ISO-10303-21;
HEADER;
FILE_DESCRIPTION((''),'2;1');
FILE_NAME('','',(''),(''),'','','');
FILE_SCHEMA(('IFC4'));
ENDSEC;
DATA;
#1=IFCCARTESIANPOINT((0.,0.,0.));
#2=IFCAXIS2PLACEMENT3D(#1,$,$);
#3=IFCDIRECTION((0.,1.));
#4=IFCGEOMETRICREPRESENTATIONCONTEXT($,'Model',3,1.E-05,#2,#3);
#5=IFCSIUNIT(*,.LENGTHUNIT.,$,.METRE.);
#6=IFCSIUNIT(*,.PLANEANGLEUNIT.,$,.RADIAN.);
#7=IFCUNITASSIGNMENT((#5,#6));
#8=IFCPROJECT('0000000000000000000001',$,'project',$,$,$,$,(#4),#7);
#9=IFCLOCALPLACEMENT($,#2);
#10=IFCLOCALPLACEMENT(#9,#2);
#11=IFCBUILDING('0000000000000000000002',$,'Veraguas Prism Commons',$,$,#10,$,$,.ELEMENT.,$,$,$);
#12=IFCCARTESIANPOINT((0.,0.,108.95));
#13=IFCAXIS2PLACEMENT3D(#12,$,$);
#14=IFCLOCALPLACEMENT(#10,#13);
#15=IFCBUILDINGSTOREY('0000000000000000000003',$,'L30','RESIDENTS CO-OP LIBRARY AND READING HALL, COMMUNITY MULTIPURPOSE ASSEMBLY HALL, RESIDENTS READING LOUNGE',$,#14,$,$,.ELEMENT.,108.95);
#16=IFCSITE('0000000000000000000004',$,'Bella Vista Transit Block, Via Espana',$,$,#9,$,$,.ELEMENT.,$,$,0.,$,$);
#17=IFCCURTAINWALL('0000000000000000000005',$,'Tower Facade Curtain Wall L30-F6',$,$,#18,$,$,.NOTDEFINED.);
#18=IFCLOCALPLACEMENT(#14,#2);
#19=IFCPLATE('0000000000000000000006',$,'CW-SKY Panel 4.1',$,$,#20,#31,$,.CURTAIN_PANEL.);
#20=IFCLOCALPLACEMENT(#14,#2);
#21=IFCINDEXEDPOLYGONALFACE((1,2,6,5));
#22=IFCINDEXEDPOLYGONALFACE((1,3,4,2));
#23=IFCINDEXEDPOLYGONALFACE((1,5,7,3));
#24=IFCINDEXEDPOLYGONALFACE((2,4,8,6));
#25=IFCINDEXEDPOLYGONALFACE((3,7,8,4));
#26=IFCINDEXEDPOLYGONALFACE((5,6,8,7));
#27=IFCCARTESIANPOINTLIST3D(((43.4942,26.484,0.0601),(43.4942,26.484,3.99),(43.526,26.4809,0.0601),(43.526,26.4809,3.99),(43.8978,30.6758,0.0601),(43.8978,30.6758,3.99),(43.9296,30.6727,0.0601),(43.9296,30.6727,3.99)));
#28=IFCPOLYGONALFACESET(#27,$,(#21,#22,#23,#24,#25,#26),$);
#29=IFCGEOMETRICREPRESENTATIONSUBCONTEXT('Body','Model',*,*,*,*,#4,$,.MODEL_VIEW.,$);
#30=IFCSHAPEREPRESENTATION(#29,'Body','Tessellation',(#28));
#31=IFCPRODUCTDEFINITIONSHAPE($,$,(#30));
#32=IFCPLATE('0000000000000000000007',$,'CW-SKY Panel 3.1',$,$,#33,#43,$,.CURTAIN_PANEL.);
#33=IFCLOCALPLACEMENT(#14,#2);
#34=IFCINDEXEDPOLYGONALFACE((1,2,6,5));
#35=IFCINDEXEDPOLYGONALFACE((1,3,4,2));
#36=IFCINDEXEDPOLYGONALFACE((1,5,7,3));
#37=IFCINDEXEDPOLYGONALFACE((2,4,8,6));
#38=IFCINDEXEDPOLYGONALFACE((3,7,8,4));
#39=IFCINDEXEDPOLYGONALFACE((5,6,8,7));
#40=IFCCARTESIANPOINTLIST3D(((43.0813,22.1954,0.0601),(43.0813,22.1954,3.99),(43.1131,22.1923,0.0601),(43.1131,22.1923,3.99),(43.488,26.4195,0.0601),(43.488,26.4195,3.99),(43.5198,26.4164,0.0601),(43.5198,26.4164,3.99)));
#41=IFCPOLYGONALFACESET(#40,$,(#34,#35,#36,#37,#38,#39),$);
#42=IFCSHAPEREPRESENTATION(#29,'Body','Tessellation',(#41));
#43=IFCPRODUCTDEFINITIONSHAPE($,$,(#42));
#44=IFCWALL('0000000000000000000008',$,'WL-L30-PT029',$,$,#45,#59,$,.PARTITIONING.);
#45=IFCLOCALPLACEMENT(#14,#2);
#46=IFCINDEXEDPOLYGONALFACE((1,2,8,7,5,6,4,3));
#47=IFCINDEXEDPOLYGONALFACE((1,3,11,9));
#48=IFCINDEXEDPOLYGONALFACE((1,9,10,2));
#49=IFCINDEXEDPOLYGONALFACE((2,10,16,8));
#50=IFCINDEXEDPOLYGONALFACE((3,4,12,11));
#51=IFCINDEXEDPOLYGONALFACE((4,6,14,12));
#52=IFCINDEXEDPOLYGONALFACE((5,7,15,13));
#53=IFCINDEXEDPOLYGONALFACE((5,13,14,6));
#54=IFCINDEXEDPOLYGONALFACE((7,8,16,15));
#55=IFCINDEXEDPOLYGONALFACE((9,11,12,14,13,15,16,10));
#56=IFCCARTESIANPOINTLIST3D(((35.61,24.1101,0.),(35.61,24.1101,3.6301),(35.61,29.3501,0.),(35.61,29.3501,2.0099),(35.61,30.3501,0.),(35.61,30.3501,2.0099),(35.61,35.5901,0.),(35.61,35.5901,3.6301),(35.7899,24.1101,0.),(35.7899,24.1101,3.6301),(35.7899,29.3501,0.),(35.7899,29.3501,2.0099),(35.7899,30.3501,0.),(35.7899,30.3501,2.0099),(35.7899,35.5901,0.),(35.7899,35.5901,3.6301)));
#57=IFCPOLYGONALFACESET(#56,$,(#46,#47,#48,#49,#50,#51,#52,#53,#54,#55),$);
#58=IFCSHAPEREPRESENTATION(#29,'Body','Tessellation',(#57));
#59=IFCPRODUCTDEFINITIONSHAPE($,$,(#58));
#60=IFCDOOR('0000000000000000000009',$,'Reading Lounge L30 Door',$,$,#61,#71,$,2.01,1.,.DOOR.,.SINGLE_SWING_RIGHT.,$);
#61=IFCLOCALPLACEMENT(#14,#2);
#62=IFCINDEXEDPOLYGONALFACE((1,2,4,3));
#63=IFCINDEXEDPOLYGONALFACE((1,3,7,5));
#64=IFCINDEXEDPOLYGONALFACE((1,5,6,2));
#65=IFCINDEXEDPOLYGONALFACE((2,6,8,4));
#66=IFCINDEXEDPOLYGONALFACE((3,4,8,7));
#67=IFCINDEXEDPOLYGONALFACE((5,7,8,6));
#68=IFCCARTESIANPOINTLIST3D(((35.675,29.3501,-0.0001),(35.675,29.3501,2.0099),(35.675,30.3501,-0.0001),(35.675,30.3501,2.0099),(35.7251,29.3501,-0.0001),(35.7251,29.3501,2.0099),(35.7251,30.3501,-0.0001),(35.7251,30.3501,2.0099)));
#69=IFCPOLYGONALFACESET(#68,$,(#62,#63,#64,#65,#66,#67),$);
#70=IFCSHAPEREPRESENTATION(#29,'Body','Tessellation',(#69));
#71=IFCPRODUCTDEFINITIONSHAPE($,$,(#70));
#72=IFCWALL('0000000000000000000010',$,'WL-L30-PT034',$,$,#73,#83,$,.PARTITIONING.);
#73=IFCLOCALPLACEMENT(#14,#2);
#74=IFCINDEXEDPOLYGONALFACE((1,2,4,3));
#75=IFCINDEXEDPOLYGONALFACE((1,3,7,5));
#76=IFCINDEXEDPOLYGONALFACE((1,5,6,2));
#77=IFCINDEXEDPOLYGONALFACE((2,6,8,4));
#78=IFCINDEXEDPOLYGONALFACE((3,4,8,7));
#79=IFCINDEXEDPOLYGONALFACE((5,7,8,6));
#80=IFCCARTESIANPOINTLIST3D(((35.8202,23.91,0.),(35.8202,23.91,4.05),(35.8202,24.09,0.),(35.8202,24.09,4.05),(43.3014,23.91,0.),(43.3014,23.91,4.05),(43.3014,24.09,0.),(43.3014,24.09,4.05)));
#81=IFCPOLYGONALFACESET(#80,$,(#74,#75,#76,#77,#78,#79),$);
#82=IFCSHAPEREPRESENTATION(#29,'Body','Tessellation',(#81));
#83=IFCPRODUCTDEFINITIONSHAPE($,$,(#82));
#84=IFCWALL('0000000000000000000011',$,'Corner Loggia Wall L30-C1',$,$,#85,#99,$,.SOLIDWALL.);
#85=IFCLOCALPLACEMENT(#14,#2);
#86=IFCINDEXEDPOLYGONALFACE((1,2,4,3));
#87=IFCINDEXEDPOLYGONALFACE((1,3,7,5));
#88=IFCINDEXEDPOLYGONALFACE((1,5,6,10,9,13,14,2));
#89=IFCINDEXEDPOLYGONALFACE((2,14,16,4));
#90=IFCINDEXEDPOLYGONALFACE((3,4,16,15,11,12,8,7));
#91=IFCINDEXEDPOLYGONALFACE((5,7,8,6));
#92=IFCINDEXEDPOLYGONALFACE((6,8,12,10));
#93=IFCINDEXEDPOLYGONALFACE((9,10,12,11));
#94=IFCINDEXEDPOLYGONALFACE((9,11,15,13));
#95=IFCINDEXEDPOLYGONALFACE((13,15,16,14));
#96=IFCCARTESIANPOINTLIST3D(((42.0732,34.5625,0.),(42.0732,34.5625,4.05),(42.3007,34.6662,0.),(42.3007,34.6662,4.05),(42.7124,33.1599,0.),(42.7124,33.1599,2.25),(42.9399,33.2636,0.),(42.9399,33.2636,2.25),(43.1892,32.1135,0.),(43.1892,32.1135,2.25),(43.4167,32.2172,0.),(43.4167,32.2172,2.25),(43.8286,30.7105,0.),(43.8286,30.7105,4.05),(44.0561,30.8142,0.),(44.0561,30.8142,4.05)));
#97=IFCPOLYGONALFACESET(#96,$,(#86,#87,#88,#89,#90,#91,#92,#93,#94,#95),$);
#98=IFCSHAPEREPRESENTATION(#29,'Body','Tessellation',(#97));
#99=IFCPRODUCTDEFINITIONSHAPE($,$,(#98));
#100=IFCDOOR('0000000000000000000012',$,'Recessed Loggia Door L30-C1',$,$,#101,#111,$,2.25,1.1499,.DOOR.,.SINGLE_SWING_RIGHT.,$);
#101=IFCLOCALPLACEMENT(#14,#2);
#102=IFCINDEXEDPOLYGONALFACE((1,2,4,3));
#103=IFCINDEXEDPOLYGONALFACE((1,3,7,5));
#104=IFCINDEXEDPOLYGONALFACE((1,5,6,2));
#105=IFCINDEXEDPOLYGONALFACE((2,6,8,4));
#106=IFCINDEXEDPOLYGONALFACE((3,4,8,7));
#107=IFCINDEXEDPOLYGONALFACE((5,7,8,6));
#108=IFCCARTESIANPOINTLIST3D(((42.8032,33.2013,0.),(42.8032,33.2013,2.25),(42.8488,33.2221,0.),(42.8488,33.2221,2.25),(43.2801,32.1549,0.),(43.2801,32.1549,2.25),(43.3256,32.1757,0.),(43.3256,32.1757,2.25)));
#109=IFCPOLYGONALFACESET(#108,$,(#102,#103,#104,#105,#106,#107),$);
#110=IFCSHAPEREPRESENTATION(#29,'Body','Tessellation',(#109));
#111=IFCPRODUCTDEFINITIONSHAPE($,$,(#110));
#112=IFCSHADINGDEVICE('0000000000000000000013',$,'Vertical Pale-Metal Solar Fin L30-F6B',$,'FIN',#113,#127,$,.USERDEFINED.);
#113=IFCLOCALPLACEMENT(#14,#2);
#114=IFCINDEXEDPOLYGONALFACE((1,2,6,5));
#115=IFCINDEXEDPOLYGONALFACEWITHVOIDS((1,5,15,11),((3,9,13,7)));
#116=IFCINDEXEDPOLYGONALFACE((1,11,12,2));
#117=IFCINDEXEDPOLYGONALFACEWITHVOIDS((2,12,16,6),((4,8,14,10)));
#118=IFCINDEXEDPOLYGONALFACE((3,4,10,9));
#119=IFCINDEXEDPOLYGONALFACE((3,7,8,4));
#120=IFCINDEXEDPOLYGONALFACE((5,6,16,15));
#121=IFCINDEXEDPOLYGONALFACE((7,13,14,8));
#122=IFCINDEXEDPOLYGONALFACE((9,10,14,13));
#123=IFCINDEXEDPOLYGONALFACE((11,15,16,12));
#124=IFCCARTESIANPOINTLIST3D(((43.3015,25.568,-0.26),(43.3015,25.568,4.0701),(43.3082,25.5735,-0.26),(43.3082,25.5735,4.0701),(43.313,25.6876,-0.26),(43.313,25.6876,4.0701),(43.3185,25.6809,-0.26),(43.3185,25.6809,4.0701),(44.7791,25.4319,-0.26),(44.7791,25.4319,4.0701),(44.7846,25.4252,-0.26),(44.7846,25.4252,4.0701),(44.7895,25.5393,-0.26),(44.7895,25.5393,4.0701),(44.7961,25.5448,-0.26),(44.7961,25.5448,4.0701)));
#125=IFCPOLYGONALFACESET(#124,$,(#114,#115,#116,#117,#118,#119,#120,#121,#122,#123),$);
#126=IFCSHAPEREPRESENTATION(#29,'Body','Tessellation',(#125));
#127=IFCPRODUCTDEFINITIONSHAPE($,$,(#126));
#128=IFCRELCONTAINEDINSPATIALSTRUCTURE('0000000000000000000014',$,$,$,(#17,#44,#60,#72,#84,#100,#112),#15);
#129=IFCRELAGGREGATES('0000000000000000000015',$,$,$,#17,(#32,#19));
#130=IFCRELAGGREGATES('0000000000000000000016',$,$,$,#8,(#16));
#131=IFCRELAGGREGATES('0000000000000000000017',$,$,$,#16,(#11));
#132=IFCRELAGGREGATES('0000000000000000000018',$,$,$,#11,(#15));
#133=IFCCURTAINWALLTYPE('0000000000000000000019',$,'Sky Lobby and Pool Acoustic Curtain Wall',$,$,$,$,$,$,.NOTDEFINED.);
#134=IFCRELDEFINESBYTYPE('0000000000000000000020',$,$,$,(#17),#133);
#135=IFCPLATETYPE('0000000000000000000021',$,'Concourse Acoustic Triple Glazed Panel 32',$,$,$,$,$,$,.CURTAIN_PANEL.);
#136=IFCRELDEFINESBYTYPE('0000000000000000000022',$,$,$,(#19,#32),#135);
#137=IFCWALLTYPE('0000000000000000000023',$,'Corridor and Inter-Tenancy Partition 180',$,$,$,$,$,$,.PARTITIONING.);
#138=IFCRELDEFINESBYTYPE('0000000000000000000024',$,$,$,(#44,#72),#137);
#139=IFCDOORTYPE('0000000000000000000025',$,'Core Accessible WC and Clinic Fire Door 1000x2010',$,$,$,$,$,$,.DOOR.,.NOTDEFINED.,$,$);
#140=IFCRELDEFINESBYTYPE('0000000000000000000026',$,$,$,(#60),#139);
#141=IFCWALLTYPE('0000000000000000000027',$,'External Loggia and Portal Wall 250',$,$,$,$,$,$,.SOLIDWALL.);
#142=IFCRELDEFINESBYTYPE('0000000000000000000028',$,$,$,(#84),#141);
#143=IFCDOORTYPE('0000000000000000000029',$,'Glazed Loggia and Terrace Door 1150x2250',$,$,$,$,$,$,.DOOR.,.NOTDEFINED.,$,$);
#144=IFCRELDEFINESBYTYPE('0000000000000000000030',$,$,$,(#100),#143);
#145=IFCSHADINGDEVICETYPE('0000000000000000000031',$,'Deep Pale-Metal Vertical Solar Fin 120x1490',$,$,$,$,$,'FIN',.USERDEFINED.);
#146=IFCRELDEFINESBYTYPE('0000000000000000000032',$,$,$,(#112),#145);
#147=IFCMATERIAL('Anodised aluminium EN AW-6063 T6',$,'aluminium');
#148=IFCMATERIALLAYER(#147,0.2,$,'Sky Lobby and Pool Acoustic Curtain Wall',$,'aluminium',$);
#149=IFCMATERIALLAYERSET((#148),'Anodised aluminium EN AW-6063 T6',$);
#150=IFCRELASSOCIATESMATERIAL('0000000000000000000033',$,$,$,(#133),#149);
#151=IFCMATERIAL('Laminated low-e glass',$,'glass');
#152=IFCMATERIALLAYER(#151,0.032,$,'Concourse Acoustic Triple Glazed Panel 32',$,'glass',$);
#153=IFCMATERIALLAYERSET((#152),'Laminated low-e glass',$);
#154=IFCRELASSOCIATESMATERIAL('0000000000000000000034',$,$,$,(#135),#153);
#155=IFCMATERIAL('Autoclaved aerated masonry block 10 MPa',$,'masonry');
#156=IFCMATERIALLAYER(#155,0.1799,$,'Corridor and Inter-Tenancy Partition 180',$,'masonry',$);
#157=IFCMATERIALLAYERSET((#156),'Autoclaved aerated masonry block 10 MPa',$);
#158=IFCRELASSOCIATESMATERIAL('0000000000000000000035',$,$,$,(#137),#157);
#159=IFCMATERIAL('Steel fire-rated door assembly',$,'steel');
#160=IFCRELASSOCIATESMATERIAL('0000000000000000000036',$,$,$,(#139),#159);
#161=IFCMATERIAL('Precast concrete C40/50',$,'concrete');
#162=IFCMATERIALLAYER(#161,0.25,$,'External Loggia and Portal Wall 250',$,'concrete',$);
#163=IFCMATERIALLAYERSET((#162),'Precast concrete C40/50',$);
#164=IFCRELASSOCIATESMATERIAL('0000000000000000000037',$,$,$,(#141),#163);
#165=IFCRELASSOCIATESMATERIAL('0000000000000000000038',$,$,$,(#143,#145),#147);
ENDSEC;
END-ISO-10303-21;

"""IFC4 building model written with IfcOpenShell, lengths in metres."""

from ifc_helpers import new_model, si_unit, direction, frame, frame_2d, origin, origin_2d, place, context, subcontext, project, spatial, rectangle, hollow_rectangle, extrude, source, transform, mapped, material, layer, layer_set, material_profile, profile_set, type_object, element, fill, aggregate, save


model = new_model("IFC4")

# Units and contexts
model_context = context("Model", 3, precision=1e-05, world=origin(), true_north=direction((0.0, 1.0)))
body_context = subcontext(model_context, "Body", "Model", "MODEL_VIEW")
ifc_project = project(units=[si_unit("LENGTHUNIT", "METRE"), si_unit("PLANEANGLEUNIT", "RADIAN")], contexts=[model_context])

# Site, building, storey
site_placement = place(None, origin())
site = spatial("IfcSite", under=ifc_project, at=site_placement, Name="Bella Vista Transit Block, Via Espana", CompositionType="ELEMENT", RefElevation=0.0)
building_placement = place(site_placement, origin())
building = spatial("IfcBuilding", under=site, at=building_placement, Name="Veraguas Prism Commons", CompositionType="ELEMENT")
storey_placement = place(building_placement, frame((0.0, 0.0, 108.95)))
storey = spatial("IfcBuildingStorey", under=building, at=storey_placement, Name="L30", Description="RESIDENTS CO-OP LIBRARY AND READING HALL, COMMUNITY MULTIPURPOSE ASSEMBLY HALL, RESIDENTS READING LOUNGE", CompositionType="ELEMENT", Elevation=108.95)

# Curtain wall, plates
ifc_material_1 = material(Name="Anodised aluminium EN AW-6063 T6", Category="aluminium")
ifc_layer_1 = layer(ifc_material_1, 0.2, Name="Sky Lobby and Pool Acoustic Curtain Wall", Category="aluminium")
ifc_layer_set_1 = layer_set([ifc_layer_1], Name="Anodised aluminium EN AW-6063 T6")
curtain_wall_type = type_object("IfcCurtainWallType", Name="Sky Lobby and Pool Acoustic Curtain Wall", PredefinedType="NOTDEFINED", material=ifc_layer_set_1)
curtain_wall_placement = place(storey_placement, origin())
curtain_wall = element("IfcCurtainWall", 1, at=curtain_wall_placement, inside=storey, type_object=curtain_wall_type, Name="Tower Facade Curtain Wall L30-F6", PredefinedType="NOTDEFINED")
ifc_material_2 = material(Name="Laminated low-e glass", Category="glass")
ifc_layer_2 = layer(ifc_material_2, 0.032, Name="Concourse Acoustic Triple Glazed Panel 32", Category="glass")
ifc_layer_set_2 = layer_set([ifc_layer_2], Name="Laminated low-e glass")
plate_type = type_object("IfcPlateType", Name="Concourse Acoustic Triple Glazed Panel 32", PredefinedType="CURTAIN_PANEL", material=ifc_layer_set_2)
shared_shape_1 = source(origin(), body_context, "Body", "SweptSolid", [
    extrude(rectangle(XDim=4.2112, YDim=0.032, at=origin_2d()), origin(), (0.0, 0.0, 1.0), 3.9299),
])
plate_1_placement = place(storey_placement, frame((43.7119, 28.5784, 0.0601), z_axis=(0.0, 0.0, 1.0), x_axis=(0.095837, 0.995397, 0.0)))
plate_1 = element("IfcPlate", 2, at=plate_1_placement, type_object=plate_type, Name="CW-SKY Panel 4.1", PredefinedType="CURTAIN_PANEL", context=body_context, shape_type="MappedRepresentation", body=[
    mapped(shared_shape_1, transform((0.0, 0.0, 0.0), scale=1.0)),
])
shared_shape_2 = source(origin(), body_context, "Body", "SweptSolid", [
    extrude(rectangle(XDim=4.2437, YDim=0.032, at=origin_2d()), origin(), (0.0, 0.0, 1.0), 3.9299),
])
plate_2_placement = place(storey_placement, frame((43.3005, 24.3059, 0.0601), z_axis=(0.0, 0.0, 1.0), x_axis=(0.095837, 0.995397, 0.0)))
plate_2 = element("IfcPlate", 3, at=plate_2_placement, type_object=plate_type, Name="CW-SKY Panel 3.1", PredefinedType="CURTAIN_PANEL", context=body_context, shape_type="MappedRepresentation", body=[
    mapped(shared_shape_2, transform((0.0, 0.0, 0.0), scale=1.0)),
])
aggregate(curtain_wall, [plate_2, plate_1])

# Wall, opening, door
ifc_material_3 = material(Name="Autoclaved aerated masonry block 10 MPa", Category="masonry")
ifc_layer_3 = layer(ifc_material_3, 0.1799, Name="Corridor and Inter-Tenancy Partition 180", Category="masonry")
ifc_layer_set_3 = layer_set([ifc_layer_3], Name="Autoclaved aerated masonry block 10 MPa")
wall_type_1 = type_object("IfcWallType", Name="Corridor and Inter-Tenancy Partition 180", PredefinedType="PARTITIONING", material=ifc_layer_set_3)
wall_1_placement = place(storey_placement, frame((35.7, 24.1101, 0.0), z_axis=(0.0, 0.0, 1.0), x_axis=(0.0, 1.0, 0.0)))
wall_1 = element("IfcWall", 4, at=wall_1_placement, inside=storey, type_object=wall_type_1, Name="WL-L30-PT029", PredefinedType="PARTITIONING", context=body_context, shape_type="SweptSolid", body=[
    extrude(rectangle(XDim=11.48, YDim=0.1799, at=frame_2d((5.74, 0.0))), origin(), (0.0, 0.0, 1.0), 3.6301),
])
opening_1_placement = place(wall_1_placement, frame((5.24, 0.0, 0.0)))
opening_1 = element("IfcOpeningElement", 5, at=opening_1_placement, cuts=wall_1, PredefinedType="OPENING", context=body_context, shape_type="SweptSolid", body=[
    extrude(rectangle(XDim=1.0, YDim=2.01, at=frame_2d((0.5, 1.0049))), frame((0.0, 0.0999, 0.0), z_axis=(0.0, -1.0, 0.0), x_axis=(1.0, 0.0, 0.0)), (0.0, 0.0, 1.0), 0.2),
])
ifc_material_4 = material(Name="Steel fire-rated door assembly", Category="steel")
door_type_1 = type_object("IfcDoorType", Name="Core Accessible WC and Clinic Fire Door 1000x2010", OperationType="NOTDEFINED", PredefinedType="DOOR", material=ifc_material_4)
shared_shape_3 = source(origin(), body_context, "Body", "SweptSolid", [
    extrude(rectangle(XDim=1.0, YDim=2.01, at=frame_2d((0.5, 1.0049))), frame((0.0, 0.0249, 0.0), z_axis=(0.0, -1.0, 0.0), x_axis=(1.0, 0.0, 0.0)), (0.0, 0.0, 1.0), 0.05),
])
door_1_placement = place(opening_1_placement, origin())
door_1 = element("IfcDoor", 6, at=door_1_placement, inside=storey, type_object=door_type_1, Name="Reading Lounge L30 Door", OperationType="SINGLE_SWING_RIGHT", OverallHeight=2.01, OverallWidth=1.0, PredefinedType="DOOR", context=body_context, shape_type="MappedRepresentation", body=[
    mapped(shared_shape_3, transform((0.0, 0.0, 0.0), scale=1.0)),
])
fill(opening_1, door_1)

# Wall
wall_2_placement = place(storey_placement, frame((35.8201, 24.0, 0.0), z_axis=(0.0, 0.0, 1.0), x_axis=(1.0, 0.0, 0.0)))
element("IfcWall", 7, at=wall_2_placement, inside=storey, type_object=wall_type_1, Name="WL-L30-PT034", PredefinedType="PARTITIONING", context=body_context, shape_type="SweptSolid", body=[
    extrude(rectangle(XDim=7.4812, YDim=0.1799, at=frame_2d((3.7407, 0.0))), origin(), (0.0, 0.0, 1.0), 4.05),
])

# Wall, opening, door
ifc_material_5 = material(Name="Precast concrete C40/50", Category="concrete")
ifc_layer_4 = layer(ifc_material_5, 0.25, Name="External Loggia and Portal Wall 250", Category="concrete")
ifc_layer_set_4 = layer_set([ifc_layer_4], Name="Precast concrete C40/50")
wall_type_2 = type_object("IfcWallType", Name="External Loggia and Portal Wall 250", PredefinedType="SOLIDWALL", material=ifc_layer_set_4)
wall_3_placement = place(storey_placement, frame((43.9424, 30.7622, 0.0), z_axis=(0.0, 0.0, 1.0), x_axis=(-0.414672, 0.909971, 0.0)))
wall_3 = element("IfcWall", 8, at=wall_3_placement, inside=storey, type_object=wall_type_2, Name="Corner Loggia Wall L30-C1", PredefinedType="SOLIDWALL", context=body_context, shape_type="SweptSolid", body=[
    extrude(rectangle(XDim=4.2332, YDim=0.25, at=frame_2d((2.1167, 0.0))), origin(), (0.0, 0.0, 1.0), 4.05),
])
opening_2_placement = place(wall_3_placement, frame((1.542, 0.0, 0.0)))
opening_2 = element("IfcOpeningElement", 9, at=opening_2_placement, cuts=wall_3, PredefinedType="OPENING", context=body_context, shape_type="SweptSolid", body=[
    extrude(rectangle(XDim=1.1499, YDim=2.25, at=frame_2d((0.575, 1.125))), frame((0.0, 0.135, 0.0), z_axis=(0.0, -1.0, 0.0), x_axis=(1.0, 0.0, 0.0)), (0.0, 0.0, 1.0), 0.27),
])
door_type_2 = type_object("IfcDoorType", Name="Glazed Loggia and Terrace Door 1150x2250", OperationType="NOTDEFINED", PredefinedType="DOOR", material=ifc_material_1)
shared_shape_4 = source(origin(), body_context, "Body", "SweptSolid", [
    extrude(rectangle(XDim=1.1499, YDim=2.25, at=frame_2d((0.575, 1.125))), frame((0.0, 0.0249, 0.0), z_axis=(0.0, -1.0, 0.0), x_axis=(1.0, 0.0, 0.0)), (0.0, 0.0, 1.0), 0.05),
])
door_2_placement = place(opening_2_placement, frame((1.1499, 0.0, 0.0), z_axis=(0.0, 0.0, 1.0), x_axis=(-1.0, 0.0, 0.0)))
door_2 = element("IfcDoor", 10, at=door_2_placement, inside=storey, type_object=door_type_2, Name="Recessed Loggia Door L30-C1", OperationType="SINGLE_SWING_RIGHT", OverallHeight=2.25, OverallWidth=1.1499, PredefinedType="DOOR", context=body_context, shape_type="MappedRepresentation", body=[
    mapped(shared_shape_4, transform((0.0, 0.0, 0.0), scale=1.0)),
])
fill(opening_2, door_2)

# Shading device
ifc_material_profile_1 = material_profile(ifc_material_1, hollow_rectangle(XDim=0.1201, YDim=1.49, WallThickness=0.0061, at=origin_2d()), Name="FIN120X1490X6")
ifc_profile_set_1 = profile_set([ifc_material_profile_1], Name="Anodised aluminium EN AW-6063 T6")
shading_device_type = type_object("IfcShadingDeviceType", Name="Deep Pale-Metal Vertical Solar Fin 120x1490", ElementType="FIN", PredefinedType="USERDEFINED", material=ifc_profile_set_1)
shading_device_placement = place(storey_placement, frame((44.0488, 25.5564, -0.26), z_axis=(0.0, 0.0, 1.0), x_axis=(0.095844, 0.995396, 0.0)))
element("IfcShadingDevice", 11, at=shading_device_placement, inside=storey, type_object=shading_device_type, Name="Vertical Pale-Metal Solar Fin L30-F6B", ObjectType="FIN", PredefinedType="USERDEFINED", context=body_context, shape_type="SweptSolid", body=[
    extrude(hollow_rectangle(XDim=0.1201, YDim=1.49, WallThickness=0.0061, at=origin_2d()), origin(), (0.0, 0.0, 1.0), 4.3301),
])

save(model, "model.ifc")
